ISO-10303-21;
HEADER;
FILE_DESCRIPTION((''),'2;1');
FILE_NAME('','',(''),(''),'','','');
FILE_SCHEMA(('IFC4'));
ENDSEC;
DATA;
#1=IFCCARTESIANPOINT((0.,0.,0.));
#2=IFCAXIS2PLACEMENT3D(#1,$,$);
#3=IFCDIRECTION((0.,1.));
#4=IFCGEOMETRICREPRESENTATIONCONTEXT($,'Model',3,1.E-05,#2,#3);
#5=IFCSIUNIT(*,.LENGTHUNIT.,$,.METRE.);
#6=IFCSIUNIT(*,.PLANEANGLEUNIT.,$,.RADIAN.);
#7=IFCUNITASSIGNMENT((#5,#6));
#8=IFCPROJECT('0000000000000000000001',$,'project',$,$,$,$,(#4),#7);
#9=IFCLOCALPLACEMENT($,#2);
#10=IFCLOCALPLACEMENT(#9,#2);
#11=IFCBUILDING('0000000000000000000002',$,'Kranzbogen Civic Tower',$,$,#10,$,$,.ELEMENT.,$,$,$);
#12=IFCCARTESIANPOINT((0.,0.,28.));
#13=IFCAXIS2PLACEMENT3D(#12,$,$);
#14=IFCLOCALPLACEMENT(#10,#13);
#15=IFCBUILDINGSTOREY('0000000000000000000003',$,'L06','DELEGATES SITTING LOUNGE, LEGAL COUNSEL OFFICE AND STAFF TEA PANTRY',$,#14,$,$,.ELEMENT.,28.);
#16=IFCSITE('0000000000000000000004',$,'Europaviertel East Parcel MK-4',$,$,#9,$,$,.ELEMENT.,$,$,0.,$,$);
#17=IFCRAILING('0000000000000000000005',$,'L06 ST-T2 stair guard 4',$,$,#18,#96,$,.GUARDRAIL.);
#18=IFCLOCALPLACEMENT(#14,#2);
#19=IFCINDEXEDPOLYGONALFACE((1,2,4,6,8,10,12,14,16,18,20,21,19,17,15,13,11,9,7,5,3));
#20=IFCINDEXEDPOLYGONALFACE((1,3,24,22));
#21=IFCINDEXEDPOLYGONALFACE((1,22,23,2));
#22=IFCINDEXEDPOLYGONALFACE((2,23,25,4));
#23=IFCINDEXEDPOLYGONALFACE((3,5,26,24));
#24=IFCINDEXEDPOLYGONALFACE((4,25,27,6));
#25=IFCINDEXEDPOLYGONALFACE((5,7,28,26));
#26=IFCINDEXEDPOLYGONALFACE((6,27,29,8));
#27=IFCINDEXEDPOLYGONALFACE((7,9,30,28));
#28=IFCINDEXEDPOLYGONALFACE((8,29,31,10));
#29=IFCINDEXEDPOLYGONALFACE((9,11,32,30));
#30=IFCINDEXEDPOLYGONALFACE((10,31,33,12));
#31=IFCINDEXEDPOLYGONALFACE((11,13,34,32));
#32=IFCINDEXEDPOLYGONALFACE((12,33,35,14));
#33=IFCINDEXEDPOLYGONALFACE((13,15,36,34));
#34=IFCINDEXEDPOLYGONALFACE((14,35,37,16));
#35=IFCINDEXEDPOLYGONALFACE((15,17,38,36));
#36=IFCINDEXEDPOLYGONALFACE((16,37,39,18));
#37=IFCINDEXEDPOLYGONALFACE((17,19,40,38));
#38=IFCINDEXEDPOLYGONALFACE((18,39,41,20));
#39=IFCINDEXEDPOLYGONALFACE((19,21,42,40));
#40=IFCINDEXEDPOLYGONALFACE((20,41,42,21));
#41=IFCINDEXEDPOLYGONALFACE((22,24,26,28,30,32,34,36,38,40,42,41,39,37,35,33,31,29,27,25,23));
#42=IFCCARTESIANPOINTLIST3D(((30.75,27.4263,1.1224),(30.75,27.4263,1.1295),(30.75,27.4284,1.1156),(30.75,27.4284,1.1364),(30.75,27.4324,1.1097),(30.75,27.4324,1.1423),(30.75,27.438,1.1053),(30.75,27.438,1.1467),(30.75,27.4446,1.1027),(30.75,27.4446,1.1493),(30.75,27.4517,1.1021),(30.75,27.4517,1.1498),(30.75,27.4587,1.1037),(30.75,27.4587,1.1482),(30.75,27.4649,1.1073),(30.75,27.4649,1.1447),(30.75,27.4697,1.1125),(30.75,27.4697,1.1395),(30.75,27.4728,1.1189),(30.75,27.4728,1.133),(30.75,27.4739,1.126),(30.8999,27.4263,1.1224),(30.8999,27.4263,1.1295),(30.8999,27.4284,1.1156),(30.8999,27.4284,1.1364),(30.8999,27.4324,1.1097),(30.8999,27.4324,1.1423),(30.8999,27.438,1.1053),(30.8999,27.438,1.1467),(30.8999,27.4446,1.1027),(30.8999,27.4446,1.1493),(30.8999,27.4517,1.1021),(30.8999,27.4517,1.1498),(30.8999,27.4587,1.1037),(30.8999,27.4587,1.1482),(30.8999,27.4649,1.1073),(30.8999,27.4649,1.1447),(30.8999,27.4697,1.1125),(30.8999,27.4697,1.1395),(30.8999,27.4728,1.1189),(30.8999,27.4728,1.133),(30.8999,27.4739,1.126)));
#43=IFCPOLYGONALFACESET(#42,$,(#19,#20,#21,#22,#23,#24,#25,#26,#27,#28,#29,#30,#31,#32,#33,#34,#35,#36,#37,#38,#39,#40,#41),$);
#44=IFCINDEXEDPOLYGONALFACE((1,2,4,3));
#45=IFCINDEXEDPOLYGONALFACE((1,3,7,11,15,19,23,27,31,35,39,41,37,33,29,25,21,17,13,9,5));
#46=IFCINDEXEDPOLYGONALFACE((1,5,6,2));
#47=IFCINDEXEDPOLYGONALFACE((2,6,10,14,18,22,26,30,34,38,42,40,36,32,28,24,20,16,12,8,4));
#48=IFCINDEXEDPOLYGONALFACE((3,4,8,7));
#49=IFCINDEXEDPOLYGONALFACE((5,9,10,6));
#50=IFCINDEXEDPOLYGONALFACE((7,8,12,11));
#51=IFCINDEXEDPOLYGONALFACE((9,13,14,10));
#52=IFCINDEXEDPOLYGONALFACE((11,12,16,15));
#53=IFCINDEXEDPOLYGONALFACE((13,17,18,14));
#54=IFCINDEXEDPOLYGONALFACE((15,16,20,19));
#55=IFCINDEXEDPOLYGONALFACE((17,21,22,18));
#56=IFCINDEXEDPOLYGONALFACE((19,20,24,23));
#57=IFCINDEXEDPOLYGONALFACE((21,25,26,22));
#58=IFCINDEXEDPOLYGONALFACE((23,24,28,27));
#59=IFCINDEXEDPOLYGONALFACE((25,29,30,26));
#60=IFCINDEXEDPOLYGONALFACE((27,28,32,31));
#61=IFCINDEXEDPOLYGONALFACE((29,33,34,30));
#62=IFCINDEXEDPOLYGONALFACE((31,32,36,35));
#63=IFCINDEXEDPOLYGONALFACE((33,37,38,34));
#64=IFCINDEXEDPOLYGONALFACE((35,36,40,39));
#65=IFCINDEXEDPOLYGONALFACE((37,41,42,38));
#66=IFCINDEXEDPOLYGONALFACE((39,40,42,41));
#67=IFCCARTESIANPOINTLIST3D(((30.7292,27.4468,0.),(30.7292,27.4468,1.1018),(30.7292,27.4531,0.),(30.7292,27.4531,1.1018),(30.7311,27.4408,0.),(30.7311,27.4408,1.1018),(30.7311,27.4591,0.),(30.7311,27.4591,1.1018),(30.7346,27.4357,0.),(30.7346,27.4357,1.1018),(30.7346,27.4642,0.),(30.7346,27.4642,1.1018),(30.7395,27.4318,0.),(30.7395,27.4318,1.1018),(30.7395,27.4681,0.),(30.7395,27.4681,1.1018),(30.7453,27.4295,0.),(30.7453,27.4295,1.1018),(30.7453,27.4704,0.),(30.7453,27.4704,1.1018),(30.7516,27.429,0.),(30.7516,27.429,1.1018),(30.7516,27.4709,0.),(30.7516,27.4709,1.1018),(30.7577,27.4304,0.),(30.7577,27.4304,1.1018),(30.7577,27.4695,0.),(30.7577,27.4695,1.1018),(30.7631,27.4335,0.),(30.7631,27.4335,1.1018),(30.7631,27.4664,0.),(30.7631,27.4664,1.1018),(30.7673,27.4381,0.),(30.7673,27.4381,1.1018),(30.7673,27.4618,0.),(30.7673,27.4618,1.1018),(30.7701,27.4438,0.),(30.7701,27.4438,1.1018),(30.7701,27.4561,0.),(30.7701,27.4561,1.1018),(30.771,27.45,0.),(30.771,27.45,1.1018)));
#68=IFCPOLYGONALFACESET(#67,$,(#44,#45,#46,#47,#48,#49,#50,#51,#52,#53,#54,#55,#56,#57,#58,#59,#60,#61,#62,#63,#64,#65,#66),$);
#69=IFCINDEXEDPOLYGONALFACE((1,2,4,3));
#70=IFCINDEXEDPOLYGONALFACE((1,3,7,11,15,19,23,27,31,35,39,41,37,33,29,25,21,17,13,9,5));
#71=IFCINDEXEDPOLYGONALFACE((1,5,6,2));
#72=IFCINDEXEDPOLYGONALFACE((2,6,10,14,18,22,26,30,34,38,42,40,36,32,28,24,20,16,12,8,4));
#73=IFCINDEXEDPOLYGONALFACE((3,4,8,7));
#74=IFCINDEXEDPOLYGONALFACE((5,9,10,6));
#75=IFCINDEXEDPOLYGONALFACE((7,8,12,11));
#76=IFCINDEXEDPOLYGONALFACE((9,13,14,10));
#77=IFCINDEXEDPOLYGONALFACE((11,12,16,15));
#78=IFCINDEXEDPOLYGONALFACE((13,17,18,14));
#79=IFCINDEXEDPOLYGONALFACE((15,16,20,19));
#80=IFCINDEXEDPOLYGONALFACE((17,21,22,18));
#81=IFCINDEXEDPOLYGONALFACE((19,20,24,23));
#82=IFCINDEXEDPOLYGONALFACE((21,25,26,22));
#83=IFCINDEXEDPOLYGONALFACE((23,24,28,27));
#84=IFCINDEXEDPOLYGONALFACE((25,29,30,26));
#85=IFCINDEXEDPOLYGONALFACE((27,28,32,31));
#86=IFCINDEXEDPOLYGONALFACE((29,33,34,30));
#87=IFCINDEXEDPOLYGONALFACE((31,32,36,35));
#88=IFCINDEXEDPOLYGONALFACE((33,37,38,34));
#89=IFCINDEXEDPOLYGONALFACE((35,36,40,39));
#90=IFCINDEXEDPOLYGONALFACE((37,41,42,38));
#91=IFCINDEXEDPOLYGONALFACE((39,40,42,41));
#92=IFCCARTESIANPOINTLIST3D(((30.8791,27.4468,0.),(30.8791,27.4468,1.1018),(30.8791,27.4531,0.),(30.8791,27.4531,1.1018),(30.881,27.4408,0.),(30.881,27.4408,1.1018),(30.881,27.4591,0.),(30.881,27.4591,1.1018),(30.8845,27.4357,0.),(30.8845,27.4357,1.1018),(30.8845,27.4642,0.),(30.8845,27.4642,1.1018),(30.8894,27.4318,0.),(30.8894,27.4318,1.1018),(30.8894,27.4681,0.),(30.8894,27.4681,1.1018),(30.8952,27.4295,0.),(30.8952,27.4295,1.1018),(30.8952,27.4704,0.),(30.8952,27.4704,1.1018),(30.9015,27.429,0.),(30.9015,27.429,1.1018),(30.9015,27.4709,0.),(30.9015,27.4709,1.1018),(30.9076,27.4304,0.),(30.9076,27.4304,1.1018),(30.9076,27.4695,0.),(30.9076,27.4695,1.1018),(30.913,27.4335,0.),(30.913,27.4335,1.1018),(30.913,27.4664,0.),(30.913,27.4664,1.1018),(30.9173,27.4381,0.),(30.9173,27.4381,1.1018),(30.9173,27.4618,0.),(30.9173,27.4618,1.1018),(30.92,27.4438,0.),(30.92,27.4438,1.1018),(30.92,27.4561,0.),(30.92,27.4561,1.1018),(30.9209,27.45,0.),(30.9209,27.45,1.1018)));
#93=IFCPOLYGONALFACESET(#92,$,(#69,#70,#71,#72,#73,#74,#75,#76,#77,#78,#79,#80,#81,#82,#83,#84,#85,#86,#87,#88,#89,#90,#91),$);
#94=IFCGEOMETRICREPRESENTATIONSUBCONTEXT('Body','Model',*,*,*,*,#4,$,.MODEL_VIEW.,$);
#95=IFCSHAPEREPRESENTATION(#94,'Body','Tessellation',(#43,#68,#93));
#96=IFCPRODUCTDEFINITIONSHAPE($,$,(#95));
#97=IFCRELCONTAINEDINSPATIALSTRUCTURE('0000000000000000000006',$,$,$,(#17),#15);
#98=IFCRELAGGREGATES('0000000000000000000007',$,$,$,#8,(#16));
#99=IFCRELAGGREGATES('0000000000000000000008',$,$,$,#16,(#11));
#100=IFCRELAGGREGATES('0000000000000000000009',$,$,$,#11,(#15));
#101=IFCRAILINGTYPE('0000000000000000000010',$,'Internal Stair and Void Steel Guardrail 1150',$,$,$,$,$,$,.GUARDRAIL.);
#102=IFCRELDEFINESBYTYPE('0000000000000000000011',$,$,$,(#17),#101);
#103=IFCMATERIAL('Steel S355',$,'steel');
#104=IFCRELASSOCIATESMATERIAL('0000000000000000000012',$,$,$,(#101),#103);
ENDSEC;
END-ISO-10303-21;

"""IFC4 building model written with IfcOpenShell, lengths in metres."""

from ifc_helpers import new_model, si_unit, direction, frame, origin, origin_2d, place, context, subcontext, project, spatial, circle, extrude, material, type_object, element, save


model = new_model("IFC4")

# Units and contexts
model_context = context("Model", 3, precision=1e-05, world=origin(), true_north=direction((0.0, 1.0)))
body_context = subcontext(model_context, "Body", "Model", "MODEL_VIEW")
ifc_project = project(units=[si_unit("LENGTHUNIT", "METRE"), si_unit("PLANEANGLEUNIT", "RADIAN")], contexts=[model_context])

# Site, building, storey
site_placement = place(None, origin())
site = spatial("IfcSite", under=ifc_project, at=site_placement, Name="Europaviertel East Parcel MK-4", CompositionType="ELEMENT", RefElevation=0.0)
building_placement = place(site_placement, origin())
building = spatial("IfcBuilding", under=site, at=building_placement, Name="Kranzbogen Civic Tower", CompositionType="ELEMENT")
storey_placement = place(building_placement, frame((0.0, 0.0, 28.0)))
storey = spatial("IfcBuildingStorey", under=building, at=storey_placement, Name="L06", Description="DELEGATES SITTING LOUNGE, LEGAL COUNSEL OFFICE AND STAFF TEA PANTRY", CompositionType="ELEMENT", Elevation=28.0)

# Shared definitions
ifc_material_1 = material(Name="Steel S355", Category="steel")

# Railing
railing_type_1 = type_object("IfcRailingType", Name="Internal Stair and Void Steel Guardrail 1150", PredefinedType="GUARDRAIL", material=ifc_material_1)
railing_1_placement = place(storey_placement, frame((30.75, 27.45, 0.0)))
element("IfcRailing", 1, at=railing_1_placement, inside=storey, type_object=railing_type_1, Name="L06 ST-T2 stair guard 4", PredefinedType="GUARDRAIL", context=body_context, shape_type="SweptSolid", body=[
    extrude(circle(Radius=0.0239, at=origin_2d()), frame((0.0, 0.0, 1.126), z_axis=(1.0, 0.0, 0.0), x_axis=(0.0, 1.0, 0.0)), (0.0, 0.0, 1.0), 0.1499),
    extrude(circle(Radius=0.021, at=origin_2d()), origin(), (0.0, 0.0, 1.0), 1.1018),
    extrude(circle(Radius=0.021, at=origin_2d()), frame((0.1499, 0.0, 0.0)), (0.0, 0.0, 1.0), 1.1018),
])

save(model, "model.ifc")
